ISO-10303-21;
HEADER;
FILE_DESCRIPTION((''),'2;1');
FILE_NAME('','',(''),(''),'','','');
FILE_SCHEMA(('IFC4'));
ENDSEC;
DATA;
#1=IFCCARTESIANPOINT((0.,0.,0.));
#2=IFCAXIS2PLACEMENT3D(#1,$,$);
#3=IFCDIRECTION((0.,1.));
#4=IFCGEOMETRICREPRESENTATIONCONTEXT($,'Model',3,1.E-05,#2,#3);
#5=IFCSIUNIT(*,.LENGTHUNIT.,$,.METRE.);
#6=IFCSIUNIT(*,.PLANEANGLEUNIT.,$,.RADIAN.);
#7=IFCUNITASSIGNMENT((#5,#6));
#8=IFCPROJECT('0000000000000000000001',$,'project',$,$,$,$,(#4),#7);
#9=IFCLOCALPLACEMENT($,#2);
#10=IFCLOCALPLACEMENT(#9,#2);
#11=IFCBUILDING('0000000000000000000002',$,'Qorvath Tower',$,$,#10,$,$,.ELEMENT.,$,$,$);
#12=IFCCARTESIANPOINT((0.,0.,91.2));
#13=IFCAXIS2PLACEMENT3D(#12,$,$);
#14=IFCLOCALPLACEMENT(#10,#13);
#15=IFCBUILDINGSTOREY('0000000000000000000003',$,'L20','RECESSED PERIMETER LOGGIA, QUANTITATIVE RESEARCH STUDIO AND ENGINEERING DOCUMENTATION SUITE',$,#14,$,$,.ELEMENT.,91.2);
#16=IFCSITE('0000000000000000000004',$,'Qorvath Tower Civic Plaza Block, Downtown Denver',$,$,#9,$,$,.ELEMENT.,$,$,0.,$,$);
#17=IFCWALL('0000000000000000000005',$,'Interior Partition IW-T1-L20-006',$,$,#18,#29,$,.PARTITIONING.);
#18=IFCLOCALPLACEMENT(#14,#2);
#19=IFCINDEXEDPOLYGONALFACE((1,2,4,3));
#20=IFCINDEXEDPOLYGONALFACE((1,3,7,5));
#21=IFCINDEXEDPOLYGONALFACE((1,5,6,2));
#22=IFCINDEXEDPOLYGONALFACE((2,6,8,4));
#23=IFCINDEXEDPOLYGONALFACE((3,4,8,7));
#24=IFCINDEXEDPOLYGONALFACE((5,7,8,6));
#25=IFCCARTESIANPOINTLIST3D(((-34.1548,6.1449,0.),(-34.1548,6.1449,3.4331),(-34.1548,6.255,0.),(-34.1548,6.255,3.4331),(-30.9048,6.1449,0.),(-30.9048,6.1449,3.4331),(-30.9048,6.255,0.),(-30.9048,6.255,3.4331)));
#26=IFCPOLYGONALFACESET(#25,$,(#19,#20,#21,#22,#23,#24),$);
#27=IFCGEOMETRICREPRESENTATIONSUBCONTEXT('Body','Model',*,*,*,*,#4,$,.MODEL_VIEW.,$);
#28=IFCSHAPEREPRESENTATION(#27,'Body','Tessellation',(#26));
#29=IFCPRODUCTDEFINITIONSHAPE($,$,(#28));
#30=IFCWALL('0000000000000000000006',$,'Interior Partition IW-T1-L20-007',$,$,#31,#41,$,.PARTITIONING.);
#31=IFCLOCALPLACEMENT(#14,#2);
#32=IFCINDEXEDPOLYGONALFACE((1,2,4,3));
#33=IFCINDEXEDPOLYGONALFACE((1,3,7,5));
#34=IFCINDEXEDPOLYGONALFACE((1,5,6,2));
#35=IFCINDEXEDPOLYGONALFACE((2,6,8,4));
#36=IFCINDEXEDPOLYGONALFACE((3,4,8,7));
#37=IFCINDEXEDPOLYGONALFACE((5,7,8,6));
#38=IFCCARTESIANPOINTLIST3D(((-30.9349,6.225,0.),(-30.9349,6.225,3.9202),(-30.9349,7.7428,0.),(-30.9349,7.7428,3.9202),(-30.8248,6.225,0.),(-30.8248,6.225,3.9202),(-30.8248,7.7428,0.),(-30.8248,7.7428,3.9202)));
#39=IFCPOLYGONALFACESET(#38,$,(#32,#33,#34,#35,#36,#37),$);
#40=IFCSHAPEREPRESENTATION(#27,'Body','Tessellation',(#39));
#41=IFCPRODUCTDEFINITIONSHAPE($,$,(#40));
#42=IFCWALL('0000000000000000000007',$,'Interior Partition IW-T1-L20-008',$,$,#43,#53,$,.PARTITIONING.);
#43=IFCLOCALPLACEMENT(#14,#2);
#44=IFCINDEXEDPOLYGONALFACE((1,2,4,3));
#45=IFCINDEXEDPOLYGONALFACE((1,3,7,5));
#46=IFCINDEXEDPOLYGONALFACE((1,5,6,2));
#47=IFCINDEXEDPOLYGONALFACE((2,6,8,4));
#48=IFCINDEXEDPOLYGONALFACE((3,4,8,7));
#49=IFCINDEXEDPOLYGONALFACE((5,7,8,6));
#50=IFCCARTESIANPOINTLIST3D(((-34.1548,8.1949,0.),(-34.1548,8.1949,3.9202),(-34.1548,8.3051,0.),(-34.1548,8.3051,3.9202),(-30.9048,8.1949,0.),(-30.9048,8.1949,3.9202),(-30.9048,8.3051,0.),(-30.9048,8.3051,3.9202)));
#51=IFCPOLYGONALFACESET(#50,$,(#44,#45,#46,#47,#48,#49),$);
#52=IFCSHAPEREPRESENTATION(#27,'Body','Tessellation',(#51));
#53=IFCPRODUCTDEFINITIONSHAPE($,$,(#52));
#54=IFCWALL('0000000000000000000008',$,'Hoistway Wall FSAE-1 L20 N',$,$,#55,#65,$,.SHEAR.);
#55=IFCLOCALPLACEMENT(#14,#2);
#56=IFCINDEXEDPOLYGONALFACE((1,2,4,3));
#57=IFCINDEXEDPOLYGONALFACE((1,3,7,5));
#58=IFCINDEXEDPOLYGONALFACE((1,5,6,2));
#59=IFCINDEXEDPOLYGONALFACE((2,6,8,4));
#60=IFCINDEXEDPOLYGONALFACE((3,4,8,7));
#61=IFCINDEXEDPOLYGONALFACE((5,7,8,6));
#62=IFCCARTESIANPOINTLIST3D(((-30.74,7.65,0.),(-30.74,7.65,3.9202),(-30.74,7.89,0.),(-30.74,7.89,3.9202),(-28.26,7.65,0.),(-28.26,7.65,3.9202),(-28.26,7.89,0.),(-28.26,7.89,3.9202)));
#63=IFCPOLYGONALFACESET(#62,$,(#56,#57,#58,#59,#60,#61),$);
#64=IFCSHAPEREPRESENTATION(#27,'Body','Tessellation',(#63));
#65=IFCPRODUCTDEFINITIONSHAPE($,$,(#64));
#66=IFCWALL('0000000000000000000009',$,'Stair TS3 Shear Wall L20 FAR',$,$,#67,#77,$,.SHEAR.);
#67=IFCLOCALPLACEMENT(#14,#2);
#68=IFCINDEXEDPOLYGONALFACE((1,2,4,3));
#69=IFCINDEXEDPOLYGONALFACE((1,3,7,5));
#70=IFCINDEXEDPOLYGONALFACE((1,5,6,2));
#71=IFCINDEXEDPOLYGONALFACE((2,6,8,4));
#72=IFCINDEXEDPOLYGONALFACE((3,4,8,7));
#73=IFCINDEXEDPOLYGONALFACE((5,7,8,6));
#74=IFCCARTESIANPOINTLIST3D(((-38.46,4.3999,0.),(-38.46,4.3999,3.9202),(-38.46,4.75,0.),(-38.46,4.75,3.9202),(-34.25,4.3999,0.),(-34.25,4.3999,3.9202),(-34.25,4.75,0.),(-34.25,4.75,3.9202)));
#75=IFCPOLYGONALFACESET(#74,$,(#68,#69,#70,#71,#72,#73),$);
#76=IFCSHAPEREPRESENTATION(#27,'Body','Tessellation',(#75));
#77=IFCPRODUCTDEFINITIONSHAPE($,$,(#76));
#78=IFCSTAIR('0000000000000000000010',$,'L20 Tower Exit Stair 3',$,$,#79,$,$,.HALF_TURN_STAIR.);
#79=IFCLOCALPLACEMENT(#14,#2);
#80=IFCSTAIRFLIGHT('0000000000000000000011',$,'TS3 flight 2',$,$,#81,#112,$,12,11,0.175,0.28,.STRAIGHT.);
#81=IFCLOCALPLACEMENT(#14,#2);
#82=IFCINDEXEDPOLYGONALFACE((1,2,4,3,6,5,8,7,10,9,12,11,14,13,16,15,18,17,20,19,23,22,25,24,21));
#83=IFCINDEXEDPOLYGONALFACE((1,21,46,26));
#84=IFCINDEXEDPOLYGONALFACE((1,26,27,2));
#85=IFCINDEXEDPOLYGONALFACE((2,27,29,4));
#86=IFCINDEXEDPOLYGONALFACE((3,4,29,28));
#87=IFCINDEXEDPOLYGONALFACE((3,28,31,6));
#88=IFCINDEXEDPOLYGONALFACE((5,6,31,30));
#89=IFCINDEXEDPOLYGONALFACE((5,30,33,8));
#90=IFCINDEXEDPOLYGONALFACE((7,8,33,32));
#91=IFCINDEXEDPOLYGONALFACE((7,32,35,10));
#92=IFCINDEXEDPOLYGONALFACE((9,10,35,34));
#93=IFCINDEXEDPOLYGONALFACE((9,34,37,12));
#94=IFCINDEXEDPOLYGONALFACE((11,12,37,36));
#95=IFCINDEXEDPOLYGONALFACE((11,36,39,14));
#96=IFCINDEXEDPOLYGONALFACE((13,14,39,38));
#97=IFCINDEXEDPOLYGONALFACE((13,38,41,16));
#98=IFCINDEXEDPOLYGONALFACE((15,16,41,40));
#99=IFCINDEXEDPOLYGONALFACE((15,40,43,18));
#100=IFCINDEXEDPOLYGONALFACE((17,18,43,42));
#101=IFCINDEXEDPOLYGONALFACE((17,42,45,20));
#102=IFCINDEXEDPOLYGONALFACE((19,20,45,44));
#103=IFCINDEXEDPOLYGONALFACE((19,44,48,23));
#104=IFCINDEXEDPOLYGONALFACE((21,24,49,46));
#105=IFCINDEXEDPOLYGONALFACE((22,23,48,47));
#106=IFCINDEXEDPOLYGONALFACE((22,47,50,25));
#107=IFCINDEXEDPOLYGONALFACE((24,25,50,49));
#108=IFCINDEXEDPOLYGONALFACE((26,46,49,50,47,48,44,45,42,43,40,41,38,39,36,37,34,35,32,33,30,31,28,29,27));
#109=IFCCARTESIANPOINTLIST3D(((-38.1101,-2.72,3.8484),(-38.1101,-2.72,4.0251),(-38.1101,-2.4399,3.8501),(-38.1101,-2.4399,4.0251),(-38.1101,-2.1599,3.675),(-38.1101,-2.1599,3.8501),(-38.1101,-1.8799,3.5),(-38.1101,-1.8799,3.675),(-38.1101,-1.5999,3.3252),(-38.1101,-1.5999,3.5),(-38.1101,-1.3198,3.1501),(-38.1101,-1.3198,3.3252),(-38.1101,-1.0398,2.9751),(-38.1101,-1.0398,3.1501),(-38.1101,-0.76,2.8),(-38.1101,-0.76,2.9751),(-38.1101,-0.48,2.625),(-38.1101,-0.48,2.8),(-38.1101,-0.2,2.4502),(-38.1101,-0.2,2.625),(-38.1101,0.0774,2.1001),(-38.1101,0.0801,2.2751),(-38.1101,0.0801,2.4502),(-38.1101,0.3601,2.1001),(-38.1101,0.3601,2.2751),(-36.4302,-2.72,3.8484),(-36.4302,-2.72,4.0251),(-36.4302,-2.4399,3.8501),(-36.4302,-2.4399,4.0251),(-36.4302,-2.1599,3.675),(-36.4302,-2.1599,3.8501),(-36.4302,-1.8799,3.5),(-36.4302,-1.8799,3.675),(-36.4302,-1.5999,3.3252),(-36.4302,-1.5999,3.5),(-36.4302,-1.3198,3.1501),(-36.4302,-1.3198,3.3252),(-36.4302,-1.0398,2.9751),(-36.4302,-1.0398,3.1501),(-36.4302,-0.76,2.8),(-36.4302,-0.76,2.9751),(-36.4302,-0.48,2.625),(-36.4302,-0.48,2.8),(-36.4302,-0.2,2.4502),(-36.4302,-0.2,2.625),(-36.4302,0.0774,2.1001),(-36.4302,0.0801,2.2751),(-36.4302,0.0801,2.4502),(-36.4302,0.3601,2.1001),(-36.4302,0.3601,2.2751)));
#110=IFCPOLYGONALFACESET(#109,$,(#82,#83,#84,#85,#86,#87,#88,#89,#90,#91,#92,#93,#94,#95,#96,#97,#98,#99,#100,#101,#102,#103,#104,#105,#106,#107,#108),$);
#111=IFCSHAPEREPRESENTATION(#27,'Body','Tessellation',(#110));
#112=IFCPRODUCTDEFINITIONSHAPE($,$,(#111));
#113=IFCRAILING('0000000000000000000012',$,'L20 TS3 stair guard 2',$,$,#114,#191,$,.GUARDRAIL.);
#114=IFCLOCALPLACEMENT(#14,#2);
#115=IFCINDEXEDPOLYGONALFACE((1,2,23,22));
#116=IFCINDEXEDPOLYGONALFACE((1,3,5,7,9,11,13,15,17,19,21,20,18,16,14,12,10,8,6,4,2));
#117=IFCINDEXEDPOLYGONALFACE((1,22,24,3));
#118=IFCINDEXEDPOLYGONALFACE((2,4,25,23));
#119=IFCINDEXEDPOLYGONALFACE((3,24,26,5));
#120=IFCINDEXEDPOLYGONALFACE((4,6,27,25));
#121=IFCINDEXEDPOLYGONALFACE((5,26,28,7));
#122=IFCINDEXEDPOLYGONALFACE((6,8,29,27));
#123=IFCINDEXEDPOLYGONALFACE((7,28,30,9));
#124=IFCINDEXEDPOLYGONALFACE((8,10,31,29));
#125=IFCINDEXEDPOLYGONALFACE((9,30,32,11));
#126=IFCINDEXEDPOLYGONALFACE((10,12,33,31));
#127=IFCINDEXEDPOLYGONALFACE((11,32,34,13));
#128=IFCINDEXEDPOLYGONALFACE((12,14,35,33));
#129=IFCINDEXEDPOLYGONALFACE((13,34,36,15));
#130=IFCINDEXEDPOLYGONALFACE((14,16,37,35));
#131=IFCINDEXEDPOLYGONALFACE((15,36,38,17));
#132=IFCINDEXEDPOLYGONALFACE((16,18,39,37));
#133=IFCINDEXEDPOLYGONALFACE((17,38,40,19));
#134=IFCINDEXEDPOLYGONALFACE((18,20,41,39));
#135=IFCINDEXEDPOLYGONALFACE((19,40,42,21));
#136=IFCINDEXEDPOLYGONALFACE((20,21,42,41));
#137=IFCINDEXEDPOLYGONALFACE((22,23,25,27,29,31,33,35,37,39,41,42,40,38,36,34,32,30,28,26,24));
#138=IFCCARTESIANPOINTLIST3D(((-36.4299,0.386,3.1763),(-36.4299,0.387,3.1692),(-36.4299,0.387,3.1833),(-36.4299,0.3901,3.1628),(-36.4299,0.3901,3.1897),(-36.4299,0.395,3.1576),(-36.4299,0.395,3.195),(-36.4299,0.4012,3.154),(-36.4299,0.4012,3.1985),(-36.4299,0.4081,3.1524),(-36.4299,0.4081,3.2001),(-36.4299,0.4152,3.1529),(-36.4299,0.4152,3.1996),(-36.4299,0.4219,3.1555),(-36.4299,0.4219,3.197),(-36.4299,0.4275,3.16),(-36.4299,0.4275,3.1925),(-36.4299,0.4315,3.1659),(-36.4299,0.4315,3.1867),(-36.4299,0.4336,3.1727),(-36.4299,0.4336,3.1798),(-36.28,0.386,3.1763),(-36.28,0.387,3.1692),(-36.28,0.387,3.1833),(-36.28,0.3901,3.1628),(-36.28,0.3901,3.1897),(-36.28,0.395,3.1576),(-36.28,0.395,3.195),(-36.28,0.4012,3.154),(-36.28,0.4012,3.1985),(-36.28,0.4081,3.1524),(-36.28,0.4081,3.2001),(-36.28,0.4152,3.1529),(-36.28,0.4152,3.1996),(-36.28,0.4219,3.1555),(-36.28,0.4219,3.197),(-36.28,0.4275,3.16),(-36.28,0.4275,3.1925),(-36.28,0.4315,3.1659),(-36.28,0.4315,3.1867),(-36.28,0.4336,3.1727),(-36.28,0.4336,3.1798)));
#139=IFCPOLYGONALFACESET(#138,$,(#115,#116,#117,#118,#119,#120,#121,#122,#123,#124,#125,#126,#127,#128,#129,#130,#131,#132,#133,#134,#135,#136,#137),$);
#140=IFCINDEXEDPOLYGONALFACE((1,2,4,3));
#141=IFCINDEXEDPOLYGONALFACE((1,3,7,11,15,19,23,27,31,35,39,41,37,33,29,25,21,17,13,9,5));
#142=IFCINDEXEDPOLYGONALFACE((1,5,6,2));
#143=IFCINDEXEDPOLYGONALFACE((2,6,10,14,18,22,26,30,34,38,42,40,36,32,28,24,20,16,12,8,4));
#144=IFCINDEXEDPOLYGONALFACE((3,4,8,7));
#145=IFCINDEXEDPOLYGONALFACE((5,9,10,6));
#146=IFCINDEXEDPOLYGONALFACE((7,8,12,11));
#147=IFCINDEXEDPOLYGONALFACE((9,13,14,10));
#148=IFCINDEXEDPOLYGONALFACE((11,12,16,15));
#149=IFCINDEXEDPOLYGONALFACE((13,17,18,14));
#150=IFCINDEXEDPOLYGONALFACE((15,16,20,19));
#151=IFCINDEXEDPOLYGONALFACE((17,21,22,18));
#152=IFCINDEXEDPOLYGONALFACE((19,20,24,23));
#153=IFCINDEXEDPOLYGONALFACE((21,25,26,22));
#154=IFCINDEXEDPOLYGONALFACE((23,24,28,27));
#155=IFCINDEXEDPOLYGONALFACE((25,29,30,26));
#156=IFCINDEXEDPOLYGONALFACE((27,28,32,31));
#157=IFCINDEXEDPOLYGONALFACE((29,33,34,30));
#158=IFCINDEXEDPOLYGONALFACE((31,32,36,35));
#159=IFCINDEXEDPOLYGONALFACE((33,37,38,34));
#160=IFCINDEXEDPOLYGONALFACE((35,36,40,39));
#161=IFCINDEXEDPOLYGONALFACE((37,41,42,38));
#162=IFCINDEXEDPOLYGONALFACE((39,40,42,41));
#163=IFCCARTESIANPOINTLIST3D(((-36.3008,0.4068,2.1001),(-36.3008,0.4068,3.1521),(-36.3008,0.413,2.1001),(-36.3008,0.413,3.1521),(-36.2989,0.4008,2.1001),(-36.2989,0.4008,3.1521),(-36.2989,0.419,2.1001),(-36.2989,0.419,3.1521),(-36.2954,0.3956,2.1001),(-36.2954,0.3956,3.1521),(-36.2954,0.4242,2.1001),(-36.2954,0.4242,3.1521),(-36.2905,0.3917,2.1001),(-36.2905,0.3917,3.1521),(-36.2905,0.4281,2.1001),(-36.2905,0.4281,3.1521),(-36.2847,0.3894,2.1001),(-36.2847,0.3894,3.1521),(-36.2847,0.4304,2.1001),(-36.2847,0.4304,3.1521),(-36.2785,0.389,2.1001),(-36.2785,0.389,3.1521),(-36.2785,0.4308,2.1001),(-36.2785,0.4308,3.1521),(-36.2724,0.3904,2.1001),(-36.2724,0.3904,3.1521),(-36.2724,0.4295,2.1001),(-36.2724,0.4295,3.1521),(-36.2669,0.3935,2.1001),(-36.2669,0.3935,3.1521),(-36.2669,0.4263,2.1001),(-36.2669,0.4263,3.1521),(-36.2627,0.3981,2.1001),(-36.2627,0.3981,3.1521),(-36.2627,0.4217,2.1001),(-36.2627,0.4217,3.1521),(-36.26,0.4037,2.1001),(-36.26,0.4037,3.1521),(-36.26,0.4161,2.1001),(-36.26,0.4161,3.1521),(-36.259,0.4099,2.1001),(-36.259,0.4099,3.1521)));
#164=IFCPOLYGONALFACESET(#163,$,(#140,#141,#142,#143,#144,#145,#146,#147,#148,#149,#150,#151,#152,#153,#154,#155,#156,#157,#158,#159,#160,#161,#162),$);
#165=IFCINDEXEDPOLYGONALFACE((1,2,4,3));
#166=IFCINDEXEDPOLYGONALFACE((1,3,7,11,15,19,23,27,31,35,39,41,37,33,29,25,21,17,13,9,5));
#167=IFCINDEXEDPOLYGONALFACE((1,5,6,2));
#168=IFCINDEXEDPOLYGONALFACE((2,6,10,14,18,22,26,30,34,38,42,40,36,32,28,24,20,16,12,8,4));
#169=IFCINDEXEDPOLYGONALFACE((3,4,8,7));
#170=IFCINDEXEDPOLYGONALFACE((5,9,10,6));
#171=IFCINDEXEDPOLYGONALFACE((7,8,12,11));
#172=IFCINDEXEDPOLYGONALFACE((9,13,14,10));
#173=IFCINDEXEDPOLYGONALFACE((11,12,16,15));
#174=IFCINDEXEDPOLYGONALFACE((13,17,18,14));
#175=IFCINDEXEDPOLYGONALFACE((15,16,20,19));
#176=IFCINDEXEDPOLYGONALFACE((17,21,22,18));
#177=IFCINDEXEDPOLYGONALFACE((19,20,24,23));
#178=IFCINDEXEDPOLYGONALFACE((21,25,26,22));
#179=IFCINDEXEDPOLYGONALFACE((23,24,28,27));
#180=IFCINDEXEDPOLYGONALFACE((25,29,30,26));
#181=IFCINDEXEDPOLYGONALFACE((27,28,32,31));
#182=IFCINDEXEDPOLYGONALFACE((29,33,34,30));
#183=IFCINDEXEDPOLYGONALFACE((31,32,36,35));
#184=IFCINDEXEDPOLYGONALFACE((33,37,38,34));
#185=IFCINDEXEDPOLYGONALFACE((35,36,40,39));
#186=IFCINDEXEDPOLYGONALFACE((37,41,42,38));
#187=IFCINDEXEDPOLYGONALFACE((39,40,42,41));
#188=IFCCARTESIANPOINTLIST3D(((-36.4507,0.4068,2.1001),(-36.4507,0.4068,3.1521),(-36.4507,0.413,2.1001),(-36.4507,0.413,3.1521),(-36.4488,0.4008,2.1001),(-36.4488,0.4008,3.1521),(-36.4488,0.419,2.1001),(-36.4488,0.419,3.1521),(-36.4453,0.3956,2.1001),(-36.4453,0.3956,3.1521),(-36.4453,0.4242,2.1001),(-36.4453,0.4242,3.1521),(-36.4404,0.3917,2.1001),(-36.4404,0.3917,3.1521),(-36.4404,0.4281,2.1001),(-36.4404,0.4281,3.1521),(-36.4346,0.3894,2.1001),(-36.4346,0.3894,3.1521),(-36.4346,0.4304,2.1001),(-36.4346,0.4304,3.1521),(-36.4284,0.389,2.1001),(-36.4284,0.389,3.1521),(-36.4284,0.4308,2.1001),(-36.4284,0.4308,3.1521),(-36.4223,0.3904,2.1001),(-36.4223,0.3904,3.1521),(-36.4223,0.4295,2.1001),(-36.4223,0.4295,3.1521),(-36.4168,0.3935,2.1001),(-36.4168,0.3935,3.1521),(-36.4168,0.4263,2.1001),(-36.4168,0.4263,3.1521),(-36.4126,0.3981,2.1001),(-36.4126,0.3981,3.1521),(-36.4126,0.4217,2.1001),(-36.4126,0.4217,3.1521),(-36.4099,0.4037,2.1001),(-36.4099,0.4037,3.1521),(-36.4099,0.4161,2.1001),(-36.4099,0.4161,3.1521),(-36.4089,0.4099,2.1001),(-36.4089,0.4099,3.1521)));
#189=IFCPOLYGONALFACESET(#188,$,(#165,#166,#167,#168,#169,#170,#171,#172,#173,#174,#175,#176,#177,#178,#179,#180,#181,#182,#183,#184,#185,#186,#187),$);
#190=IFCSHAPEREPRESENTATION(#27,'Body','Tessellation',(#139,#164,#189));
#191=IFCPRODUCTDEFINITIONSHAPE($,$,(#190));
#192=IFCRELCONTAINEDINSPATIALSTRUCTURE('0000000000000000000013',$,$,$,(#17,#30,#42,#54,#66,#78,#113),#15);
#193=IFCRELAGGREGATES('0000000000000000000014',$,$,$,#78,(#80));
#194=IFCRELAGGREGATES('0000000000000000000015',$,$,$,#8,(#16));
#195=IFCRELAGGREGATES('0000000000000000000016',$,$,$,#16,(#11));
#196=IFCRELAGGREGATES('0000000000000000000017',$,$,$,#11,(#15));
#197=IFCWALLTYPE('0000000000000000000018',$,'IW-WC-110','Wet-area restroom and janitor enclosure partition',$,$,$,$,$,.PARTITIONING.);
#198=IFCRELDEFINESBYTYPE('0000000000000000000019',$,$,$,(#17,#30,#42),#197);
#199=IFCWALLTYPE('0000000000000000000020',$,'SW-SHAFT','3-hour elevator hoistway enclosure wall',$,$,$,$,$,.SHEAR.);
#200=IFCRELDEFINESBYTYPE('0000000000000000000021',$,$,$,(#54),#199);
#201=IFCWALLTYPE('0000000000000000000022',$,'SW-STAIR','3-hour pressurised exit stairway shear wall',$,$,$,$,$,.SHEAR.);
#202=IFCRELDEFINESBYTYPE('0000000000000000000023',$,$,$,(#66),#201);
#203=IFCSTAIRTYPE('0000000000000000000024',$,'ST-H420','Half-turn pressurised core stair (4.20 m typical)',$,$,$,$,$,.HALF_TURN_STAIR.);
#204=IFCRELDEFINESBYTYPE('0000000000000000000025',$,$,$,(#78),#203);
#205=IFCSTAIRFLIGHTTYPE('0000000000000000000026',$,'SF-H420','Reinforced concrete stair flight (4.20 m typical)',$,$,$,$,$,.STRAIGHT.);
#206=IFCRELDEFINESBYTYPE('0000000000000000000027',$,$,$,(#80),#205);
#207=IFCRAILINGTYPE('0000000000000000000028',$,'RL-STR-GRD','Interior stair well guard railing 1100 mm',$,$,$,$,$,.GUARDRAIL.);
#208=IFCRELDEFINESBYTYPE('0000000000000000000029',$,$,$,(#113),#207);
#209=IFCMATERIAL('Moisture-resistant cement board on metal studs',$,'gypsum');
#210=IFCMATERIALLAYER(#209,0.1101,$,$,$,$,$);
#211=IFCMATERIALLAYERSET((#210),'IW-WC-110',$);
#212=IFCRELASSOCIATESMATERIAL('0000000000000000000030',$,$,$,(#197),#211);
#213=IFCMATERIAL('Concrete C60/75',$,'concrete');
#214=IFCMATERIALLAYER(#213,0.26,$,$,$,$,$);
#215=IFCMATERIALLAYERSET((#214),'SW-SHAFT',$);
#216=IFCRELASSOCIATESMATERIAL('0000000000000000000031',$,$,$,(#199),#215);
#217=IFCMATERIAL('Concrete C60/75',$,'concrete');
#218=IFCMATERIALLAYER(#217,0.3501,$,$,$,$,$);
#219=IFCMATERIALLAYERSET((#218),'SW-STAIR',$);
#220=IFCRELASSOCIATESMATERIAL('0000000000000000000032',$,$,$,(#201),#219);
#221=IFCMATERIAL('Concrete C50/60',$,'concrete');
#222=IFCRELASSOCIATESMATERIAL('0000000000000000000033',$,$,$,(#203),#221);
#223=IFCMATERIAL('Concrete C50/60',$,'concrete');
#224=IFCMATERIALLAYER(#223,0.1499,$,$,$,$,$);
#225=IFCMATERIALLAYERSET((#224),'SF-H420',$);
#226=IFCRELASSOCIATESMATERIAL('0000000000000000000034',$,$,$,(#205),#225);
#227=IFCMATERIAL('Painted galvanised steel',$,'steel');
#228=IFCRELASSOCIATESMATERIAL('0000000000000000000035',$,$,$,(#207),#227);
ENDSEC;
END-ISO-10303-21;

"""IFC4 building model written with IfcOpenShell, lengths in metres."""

from ifc_helpers import new_model, si_unit, direction, frame, frame_2d, origin, origin_2d, place, context, subcontext, project, spatial, polyline, rectangle, circle, outline, extrude, material, layer, layer_set, type_object, element, aggregate, save


model = new_model("IFC4")

# Units and contexts
model_context = context("Model", 3, precision=1e-05, world=origin(), true_north=direction((0.0, 1.0)))
body_context = subcontext(model_context, "Body", "Model", "MODEL_VIEW")
ifc_project = project(units=[si_unit("LENGTHUNIT", "METRE"), si_unit("PLANEANGLEUNIT", "RADIAN")], contexts=[model_context])

# Site, building, storey
site_placement = place(None, origin())
site = spatial("IfcSite", under=ifc_project, at=site_placement, Name="Qorvath Tower Civic Plaza Block, Downtown Denver", CompositionType="ELEMENT", RefElevation=0.0)
building_placement = place(site_placement, origin())
building = spatial("IfcBuilding", under=site, at=building_placement, Name="Qorvath Tower", CompositionType="ELEMENT")
storey_placement = place(building_placement, frame((0.0, 0.0, 91.2)))
storey = spatial("IfcBuildingStorey", under=building, at=storey_placement, Name="L20", Description="RECESSED PERIMETER LOGGIA, QUANTITATIVE RESEARCH STUDIO AND ENGINEERING DOCUMENTATION SUITE", CompositionType="ELEMENT", Elevation=91.2)

# Shared definitions
ifc_material_1 = material(Name="Moisture-resistant cement board on metal studs", Category="gypsum")
ifc_layer_1 = layer(ifc_material_1, 0.1101)
ifc_layer_set_1 = layer_set([ifc_layer_1], Name="IW-WC-110")
wall_type_1 = type_object("IfcWallType", Name="IW-WC-110", Description="Wet-area restroom and janitor enclosure partition", PredefinedType="PARTITIONING", material=ifc_layer_set_1)

# Walls
wall_1_placement = place(storey_placement, frame((-34.1548, 6.2, 0.0), z_axis=(0.0, 0.0, 1.0), x_axis=(1.0, 0.0, 0.0)))
element("IfcWall", 1, at=wall_1_placement, inside=storey, type_object=wall_type_1, Name="Interior Partition IW-T1-L20-006", PredefinedType="PARTITIONING", context=body_context, shape_type="SweptSolid", body=[
    extrude(rectangle(XDim=3.25, YDim=0.1101, at=frame_2d((1.625, 0.0))), origin(), (0.0, 0.0, 1.0), 3.4331),
])
wall_2_placement = place(storey_placement, frame((-30.8799, 6.2251, 0.0), z_axis=(0.0, 0.0, 1.0), x_axis=(0.0, 1.0, 0.0)))
element("IfcWall", 2, at=wall_2_placement, inside=storey, type_object=wall_type_1, Name="Interior Partition IW-T1-L20-007", PredefinedType="PARTITIONING", context=body_context, shape_type="SweptSolid", body=[
    extrude(rectangle(XDim=1.5178, YDim=0.1101, at=frame_2d((0.7588, 0.0))), origin(), (0.0, 0.0, 1.0), 3.9202),
])
wall_3_placement = place(storey_placement, frame((-30.9048, 8.25, 0.0), z_axis=(0.0, 0.0, 1.0), x_axis=(-1.0, 0.0, 0.0)))
element("IfcWall", 3, at=wall_3_placement, inside=storey, type_object=wall_type_1, Name="Interior Partition IW-T1-L20-008", PredefinedType="PARTITIONING", context=body_context, shape_type="SweptSolid", body=[
    extrude(rectangle(XDim=3.25, YDim=0.1101, at=frame_2d((1.625, 0.0))), origin(), (0.0, 0.0, 1.0), 3.9202),
])
ifc_material_2 = material(Name="Concrete C60/75", Category="concrete")
ifc_layer_2 = layer(ifc_material_2, 0.26)
ifc_layer_set_2 = layer_set([ifc_layer_2], Name="SW-SHAFT")
wall_type_2 = type_object("IfcWallType", Name="SW-SHAFT", Description="3-hour elevator hoistway enclosure wall", PredefinedType="SHEAR", material=ifc_layer_set_2)
wall_4_placement = place(storey_placement, frame((-30.74, 7.77, 0.0), z_axis=(0.0, 0.0, 1.0), x_axis=(1.0, 0.0, 0.0)))
element("IfcWall", 4, at=wall_4_placement, inside=storey, type_object=wall_type_2, Name="Hoistway Wall FSAE-1 L20 N", PredefinedType="SHEAR", context=body_context, shape_type="SweptSolid", body=[
    extrude(rectangle(XDim=2.48, YDim=0.24, at=frame_2d((1.24, 0.0))), origin(), (0.0, 0.0, 1.0), 3.9202),
])
ifc_material_3 = material(Name="Concrete C60/75", Category="concrete")
ifc_layer_3 = layer(ifc_material_3, 0.3501)
ifc_layer_set_3 = layer_set([ifc_layer_3], Name="SW-STAIR")
wall_type_3 = type_object("IfcWallType", Name="SW-STAIR", Description="3-hour pressurised exit stairway shear wall", PredefinedType="SHEAR", material=ifc_layer_set_3)
wall_5_placement = place(storey_placement, frame((-34.25, 4.575, 0.0), z_axis=(0.0, 0.0, 1.0), x_axis=(-1.0, 0.0, 0.0)))
element("IfcWall", 5, at=wall_5_placement, inside=storey, type_object=wall_type_3, Name="Stair TS3 Shear Wall L20 FAR", PredefinedType="SHEAR", context=body_context, shape_type="SweptSolid", body=[
    extrude(rectangle(XDim=4.21, YDim=0.3501, at=frame_2d((2.105, 0.0))), origin(), (0.0, 0.0, 1.0), 3.9202),
])

# Stair, stair flight
ifc_material_4 = material(Name="Concrete C50/60", Category="concrete")
stair_type = type_object("IfcStairType", Name="ST-H420", Description="Half-turn pressurised core stair (4.20 m typical)", PredefinedType="HALF_TURN_STAIR", material=ifc_material_4)
stair_placement = place(storey_placement, origin())
stair = element("IfcStair", 6, at=stair_placement, inside=storey, type_object=stair_type, Name="L20 Tower Exit Stair 3", PredefinedType="HALF_TURN_STAIR")
ifc_material_5 = material(Name="Concrete C50/60", Category="concrete")
ifc_layer_4 = layer(ifc_material_5, 0.1499)
ifc_layer_set_4 = layer_set([ifc_layer_4], Name="SF-H420")
stair_flight_type = type_object("IfcStairFlightType", Name="SF-H420", Description="Reinforced concrete stair flight (4.20 m typical)", PredefinedType="STRAIGHT", material=ifc_layer_set_4)
stair_flight_placement = place(storey_placement, frame((-37.27, 0.3601, 2.1001), z_axis=(0.0, 0.0, 1.0), x_axis=(0.0, -1.0, 0.0)))
stair_flight = element("IfcStairFlight", 7, at=stair_flight_placement, type_object=stair_flight_type, Name="TS3 flight 2", NumberOfRisers=12, NumberOfTreads=11, PredefinedType="STRAIGHT", RiserHeight=0.175, TreadLength=0.28, context=body_context, shape_type="SweptSolid", body=[
    extrude(outline(polyline([(0.0, 0.0), (0.0, 0.175), (0.28, 0.175), (0.28, 0.3501), (0.5601, 0.3501), (0.5601, 0.5249), (0.8401, 0.5249), (0.8401, 0.7), (1.1201, 0.7), (1.1201, 0.875), (1.3999, 0.875), (1.3999, 1.05), (1.6799, 1.05), (1.6799, 1.2251), (1.96, 1.2251), (1.96, 1.3999), (2.24, 1.3999), (2.24, 1.575), (2.52, 1.575), (2.52, 1.75), (2.8, 1.75), (2.8, 1.925), (3.0801, 1.925), (3.0801, 2.1001), (3.0801, 1.7483), (0.2827, 0.0), (0.0, 0.0)])), frame((0.0, 0.8398, 0.0), z_axis=(0.0, -1.0, 0.0), x_axis=(1.0, 0.0, 0.0)), (0.0, 0.0, 1.0), 1.6799),
])
aggregate(stair, [stair_flight])

# Railing
ifc_material_6 = material(Name="Painted galvanised steel", Category="steel")
railing_type = type_object("IfcRailingType", Name="RL-STR-GRD", Description="Interior stair well guard railing 1100 mm", PredefinedType="GUARDRAIL", material=ifc_material_6)
railing_1_placement = place(storey_placement, frame((-36.28, 0.4099, 2.1001)))
element("IfcRailing", 8, at=railing_1_placement, inside=storey, type_object=railing_type, Name="L20 TS3 stair guard 2", PredefinedType="GUARDRAIL", context=body_context, shape_type="SweptSolid", body=[
    extrude(circle(Radius=0.0239, at=origin_2d()), frame((0.0, 0.0, 1.0762), z_axis=(-1.0, 0.0, 0.0), x_axis=(0.0, -1.0, 0.0)), (0.0, 0.0, 1.0), 0.1499),
    extrude(circle(Radius=0.021, at=origin_2d()), origin(), (0.0, 0.0, 1.0), 1.052),
    extrude(circle(Radius=0.021, at=origin_2d()), frame((-0.1499, 0.0, 0.0)), (0.0, 0.0, 1.0), 1.052),
])

save(model, "model.ifc")
